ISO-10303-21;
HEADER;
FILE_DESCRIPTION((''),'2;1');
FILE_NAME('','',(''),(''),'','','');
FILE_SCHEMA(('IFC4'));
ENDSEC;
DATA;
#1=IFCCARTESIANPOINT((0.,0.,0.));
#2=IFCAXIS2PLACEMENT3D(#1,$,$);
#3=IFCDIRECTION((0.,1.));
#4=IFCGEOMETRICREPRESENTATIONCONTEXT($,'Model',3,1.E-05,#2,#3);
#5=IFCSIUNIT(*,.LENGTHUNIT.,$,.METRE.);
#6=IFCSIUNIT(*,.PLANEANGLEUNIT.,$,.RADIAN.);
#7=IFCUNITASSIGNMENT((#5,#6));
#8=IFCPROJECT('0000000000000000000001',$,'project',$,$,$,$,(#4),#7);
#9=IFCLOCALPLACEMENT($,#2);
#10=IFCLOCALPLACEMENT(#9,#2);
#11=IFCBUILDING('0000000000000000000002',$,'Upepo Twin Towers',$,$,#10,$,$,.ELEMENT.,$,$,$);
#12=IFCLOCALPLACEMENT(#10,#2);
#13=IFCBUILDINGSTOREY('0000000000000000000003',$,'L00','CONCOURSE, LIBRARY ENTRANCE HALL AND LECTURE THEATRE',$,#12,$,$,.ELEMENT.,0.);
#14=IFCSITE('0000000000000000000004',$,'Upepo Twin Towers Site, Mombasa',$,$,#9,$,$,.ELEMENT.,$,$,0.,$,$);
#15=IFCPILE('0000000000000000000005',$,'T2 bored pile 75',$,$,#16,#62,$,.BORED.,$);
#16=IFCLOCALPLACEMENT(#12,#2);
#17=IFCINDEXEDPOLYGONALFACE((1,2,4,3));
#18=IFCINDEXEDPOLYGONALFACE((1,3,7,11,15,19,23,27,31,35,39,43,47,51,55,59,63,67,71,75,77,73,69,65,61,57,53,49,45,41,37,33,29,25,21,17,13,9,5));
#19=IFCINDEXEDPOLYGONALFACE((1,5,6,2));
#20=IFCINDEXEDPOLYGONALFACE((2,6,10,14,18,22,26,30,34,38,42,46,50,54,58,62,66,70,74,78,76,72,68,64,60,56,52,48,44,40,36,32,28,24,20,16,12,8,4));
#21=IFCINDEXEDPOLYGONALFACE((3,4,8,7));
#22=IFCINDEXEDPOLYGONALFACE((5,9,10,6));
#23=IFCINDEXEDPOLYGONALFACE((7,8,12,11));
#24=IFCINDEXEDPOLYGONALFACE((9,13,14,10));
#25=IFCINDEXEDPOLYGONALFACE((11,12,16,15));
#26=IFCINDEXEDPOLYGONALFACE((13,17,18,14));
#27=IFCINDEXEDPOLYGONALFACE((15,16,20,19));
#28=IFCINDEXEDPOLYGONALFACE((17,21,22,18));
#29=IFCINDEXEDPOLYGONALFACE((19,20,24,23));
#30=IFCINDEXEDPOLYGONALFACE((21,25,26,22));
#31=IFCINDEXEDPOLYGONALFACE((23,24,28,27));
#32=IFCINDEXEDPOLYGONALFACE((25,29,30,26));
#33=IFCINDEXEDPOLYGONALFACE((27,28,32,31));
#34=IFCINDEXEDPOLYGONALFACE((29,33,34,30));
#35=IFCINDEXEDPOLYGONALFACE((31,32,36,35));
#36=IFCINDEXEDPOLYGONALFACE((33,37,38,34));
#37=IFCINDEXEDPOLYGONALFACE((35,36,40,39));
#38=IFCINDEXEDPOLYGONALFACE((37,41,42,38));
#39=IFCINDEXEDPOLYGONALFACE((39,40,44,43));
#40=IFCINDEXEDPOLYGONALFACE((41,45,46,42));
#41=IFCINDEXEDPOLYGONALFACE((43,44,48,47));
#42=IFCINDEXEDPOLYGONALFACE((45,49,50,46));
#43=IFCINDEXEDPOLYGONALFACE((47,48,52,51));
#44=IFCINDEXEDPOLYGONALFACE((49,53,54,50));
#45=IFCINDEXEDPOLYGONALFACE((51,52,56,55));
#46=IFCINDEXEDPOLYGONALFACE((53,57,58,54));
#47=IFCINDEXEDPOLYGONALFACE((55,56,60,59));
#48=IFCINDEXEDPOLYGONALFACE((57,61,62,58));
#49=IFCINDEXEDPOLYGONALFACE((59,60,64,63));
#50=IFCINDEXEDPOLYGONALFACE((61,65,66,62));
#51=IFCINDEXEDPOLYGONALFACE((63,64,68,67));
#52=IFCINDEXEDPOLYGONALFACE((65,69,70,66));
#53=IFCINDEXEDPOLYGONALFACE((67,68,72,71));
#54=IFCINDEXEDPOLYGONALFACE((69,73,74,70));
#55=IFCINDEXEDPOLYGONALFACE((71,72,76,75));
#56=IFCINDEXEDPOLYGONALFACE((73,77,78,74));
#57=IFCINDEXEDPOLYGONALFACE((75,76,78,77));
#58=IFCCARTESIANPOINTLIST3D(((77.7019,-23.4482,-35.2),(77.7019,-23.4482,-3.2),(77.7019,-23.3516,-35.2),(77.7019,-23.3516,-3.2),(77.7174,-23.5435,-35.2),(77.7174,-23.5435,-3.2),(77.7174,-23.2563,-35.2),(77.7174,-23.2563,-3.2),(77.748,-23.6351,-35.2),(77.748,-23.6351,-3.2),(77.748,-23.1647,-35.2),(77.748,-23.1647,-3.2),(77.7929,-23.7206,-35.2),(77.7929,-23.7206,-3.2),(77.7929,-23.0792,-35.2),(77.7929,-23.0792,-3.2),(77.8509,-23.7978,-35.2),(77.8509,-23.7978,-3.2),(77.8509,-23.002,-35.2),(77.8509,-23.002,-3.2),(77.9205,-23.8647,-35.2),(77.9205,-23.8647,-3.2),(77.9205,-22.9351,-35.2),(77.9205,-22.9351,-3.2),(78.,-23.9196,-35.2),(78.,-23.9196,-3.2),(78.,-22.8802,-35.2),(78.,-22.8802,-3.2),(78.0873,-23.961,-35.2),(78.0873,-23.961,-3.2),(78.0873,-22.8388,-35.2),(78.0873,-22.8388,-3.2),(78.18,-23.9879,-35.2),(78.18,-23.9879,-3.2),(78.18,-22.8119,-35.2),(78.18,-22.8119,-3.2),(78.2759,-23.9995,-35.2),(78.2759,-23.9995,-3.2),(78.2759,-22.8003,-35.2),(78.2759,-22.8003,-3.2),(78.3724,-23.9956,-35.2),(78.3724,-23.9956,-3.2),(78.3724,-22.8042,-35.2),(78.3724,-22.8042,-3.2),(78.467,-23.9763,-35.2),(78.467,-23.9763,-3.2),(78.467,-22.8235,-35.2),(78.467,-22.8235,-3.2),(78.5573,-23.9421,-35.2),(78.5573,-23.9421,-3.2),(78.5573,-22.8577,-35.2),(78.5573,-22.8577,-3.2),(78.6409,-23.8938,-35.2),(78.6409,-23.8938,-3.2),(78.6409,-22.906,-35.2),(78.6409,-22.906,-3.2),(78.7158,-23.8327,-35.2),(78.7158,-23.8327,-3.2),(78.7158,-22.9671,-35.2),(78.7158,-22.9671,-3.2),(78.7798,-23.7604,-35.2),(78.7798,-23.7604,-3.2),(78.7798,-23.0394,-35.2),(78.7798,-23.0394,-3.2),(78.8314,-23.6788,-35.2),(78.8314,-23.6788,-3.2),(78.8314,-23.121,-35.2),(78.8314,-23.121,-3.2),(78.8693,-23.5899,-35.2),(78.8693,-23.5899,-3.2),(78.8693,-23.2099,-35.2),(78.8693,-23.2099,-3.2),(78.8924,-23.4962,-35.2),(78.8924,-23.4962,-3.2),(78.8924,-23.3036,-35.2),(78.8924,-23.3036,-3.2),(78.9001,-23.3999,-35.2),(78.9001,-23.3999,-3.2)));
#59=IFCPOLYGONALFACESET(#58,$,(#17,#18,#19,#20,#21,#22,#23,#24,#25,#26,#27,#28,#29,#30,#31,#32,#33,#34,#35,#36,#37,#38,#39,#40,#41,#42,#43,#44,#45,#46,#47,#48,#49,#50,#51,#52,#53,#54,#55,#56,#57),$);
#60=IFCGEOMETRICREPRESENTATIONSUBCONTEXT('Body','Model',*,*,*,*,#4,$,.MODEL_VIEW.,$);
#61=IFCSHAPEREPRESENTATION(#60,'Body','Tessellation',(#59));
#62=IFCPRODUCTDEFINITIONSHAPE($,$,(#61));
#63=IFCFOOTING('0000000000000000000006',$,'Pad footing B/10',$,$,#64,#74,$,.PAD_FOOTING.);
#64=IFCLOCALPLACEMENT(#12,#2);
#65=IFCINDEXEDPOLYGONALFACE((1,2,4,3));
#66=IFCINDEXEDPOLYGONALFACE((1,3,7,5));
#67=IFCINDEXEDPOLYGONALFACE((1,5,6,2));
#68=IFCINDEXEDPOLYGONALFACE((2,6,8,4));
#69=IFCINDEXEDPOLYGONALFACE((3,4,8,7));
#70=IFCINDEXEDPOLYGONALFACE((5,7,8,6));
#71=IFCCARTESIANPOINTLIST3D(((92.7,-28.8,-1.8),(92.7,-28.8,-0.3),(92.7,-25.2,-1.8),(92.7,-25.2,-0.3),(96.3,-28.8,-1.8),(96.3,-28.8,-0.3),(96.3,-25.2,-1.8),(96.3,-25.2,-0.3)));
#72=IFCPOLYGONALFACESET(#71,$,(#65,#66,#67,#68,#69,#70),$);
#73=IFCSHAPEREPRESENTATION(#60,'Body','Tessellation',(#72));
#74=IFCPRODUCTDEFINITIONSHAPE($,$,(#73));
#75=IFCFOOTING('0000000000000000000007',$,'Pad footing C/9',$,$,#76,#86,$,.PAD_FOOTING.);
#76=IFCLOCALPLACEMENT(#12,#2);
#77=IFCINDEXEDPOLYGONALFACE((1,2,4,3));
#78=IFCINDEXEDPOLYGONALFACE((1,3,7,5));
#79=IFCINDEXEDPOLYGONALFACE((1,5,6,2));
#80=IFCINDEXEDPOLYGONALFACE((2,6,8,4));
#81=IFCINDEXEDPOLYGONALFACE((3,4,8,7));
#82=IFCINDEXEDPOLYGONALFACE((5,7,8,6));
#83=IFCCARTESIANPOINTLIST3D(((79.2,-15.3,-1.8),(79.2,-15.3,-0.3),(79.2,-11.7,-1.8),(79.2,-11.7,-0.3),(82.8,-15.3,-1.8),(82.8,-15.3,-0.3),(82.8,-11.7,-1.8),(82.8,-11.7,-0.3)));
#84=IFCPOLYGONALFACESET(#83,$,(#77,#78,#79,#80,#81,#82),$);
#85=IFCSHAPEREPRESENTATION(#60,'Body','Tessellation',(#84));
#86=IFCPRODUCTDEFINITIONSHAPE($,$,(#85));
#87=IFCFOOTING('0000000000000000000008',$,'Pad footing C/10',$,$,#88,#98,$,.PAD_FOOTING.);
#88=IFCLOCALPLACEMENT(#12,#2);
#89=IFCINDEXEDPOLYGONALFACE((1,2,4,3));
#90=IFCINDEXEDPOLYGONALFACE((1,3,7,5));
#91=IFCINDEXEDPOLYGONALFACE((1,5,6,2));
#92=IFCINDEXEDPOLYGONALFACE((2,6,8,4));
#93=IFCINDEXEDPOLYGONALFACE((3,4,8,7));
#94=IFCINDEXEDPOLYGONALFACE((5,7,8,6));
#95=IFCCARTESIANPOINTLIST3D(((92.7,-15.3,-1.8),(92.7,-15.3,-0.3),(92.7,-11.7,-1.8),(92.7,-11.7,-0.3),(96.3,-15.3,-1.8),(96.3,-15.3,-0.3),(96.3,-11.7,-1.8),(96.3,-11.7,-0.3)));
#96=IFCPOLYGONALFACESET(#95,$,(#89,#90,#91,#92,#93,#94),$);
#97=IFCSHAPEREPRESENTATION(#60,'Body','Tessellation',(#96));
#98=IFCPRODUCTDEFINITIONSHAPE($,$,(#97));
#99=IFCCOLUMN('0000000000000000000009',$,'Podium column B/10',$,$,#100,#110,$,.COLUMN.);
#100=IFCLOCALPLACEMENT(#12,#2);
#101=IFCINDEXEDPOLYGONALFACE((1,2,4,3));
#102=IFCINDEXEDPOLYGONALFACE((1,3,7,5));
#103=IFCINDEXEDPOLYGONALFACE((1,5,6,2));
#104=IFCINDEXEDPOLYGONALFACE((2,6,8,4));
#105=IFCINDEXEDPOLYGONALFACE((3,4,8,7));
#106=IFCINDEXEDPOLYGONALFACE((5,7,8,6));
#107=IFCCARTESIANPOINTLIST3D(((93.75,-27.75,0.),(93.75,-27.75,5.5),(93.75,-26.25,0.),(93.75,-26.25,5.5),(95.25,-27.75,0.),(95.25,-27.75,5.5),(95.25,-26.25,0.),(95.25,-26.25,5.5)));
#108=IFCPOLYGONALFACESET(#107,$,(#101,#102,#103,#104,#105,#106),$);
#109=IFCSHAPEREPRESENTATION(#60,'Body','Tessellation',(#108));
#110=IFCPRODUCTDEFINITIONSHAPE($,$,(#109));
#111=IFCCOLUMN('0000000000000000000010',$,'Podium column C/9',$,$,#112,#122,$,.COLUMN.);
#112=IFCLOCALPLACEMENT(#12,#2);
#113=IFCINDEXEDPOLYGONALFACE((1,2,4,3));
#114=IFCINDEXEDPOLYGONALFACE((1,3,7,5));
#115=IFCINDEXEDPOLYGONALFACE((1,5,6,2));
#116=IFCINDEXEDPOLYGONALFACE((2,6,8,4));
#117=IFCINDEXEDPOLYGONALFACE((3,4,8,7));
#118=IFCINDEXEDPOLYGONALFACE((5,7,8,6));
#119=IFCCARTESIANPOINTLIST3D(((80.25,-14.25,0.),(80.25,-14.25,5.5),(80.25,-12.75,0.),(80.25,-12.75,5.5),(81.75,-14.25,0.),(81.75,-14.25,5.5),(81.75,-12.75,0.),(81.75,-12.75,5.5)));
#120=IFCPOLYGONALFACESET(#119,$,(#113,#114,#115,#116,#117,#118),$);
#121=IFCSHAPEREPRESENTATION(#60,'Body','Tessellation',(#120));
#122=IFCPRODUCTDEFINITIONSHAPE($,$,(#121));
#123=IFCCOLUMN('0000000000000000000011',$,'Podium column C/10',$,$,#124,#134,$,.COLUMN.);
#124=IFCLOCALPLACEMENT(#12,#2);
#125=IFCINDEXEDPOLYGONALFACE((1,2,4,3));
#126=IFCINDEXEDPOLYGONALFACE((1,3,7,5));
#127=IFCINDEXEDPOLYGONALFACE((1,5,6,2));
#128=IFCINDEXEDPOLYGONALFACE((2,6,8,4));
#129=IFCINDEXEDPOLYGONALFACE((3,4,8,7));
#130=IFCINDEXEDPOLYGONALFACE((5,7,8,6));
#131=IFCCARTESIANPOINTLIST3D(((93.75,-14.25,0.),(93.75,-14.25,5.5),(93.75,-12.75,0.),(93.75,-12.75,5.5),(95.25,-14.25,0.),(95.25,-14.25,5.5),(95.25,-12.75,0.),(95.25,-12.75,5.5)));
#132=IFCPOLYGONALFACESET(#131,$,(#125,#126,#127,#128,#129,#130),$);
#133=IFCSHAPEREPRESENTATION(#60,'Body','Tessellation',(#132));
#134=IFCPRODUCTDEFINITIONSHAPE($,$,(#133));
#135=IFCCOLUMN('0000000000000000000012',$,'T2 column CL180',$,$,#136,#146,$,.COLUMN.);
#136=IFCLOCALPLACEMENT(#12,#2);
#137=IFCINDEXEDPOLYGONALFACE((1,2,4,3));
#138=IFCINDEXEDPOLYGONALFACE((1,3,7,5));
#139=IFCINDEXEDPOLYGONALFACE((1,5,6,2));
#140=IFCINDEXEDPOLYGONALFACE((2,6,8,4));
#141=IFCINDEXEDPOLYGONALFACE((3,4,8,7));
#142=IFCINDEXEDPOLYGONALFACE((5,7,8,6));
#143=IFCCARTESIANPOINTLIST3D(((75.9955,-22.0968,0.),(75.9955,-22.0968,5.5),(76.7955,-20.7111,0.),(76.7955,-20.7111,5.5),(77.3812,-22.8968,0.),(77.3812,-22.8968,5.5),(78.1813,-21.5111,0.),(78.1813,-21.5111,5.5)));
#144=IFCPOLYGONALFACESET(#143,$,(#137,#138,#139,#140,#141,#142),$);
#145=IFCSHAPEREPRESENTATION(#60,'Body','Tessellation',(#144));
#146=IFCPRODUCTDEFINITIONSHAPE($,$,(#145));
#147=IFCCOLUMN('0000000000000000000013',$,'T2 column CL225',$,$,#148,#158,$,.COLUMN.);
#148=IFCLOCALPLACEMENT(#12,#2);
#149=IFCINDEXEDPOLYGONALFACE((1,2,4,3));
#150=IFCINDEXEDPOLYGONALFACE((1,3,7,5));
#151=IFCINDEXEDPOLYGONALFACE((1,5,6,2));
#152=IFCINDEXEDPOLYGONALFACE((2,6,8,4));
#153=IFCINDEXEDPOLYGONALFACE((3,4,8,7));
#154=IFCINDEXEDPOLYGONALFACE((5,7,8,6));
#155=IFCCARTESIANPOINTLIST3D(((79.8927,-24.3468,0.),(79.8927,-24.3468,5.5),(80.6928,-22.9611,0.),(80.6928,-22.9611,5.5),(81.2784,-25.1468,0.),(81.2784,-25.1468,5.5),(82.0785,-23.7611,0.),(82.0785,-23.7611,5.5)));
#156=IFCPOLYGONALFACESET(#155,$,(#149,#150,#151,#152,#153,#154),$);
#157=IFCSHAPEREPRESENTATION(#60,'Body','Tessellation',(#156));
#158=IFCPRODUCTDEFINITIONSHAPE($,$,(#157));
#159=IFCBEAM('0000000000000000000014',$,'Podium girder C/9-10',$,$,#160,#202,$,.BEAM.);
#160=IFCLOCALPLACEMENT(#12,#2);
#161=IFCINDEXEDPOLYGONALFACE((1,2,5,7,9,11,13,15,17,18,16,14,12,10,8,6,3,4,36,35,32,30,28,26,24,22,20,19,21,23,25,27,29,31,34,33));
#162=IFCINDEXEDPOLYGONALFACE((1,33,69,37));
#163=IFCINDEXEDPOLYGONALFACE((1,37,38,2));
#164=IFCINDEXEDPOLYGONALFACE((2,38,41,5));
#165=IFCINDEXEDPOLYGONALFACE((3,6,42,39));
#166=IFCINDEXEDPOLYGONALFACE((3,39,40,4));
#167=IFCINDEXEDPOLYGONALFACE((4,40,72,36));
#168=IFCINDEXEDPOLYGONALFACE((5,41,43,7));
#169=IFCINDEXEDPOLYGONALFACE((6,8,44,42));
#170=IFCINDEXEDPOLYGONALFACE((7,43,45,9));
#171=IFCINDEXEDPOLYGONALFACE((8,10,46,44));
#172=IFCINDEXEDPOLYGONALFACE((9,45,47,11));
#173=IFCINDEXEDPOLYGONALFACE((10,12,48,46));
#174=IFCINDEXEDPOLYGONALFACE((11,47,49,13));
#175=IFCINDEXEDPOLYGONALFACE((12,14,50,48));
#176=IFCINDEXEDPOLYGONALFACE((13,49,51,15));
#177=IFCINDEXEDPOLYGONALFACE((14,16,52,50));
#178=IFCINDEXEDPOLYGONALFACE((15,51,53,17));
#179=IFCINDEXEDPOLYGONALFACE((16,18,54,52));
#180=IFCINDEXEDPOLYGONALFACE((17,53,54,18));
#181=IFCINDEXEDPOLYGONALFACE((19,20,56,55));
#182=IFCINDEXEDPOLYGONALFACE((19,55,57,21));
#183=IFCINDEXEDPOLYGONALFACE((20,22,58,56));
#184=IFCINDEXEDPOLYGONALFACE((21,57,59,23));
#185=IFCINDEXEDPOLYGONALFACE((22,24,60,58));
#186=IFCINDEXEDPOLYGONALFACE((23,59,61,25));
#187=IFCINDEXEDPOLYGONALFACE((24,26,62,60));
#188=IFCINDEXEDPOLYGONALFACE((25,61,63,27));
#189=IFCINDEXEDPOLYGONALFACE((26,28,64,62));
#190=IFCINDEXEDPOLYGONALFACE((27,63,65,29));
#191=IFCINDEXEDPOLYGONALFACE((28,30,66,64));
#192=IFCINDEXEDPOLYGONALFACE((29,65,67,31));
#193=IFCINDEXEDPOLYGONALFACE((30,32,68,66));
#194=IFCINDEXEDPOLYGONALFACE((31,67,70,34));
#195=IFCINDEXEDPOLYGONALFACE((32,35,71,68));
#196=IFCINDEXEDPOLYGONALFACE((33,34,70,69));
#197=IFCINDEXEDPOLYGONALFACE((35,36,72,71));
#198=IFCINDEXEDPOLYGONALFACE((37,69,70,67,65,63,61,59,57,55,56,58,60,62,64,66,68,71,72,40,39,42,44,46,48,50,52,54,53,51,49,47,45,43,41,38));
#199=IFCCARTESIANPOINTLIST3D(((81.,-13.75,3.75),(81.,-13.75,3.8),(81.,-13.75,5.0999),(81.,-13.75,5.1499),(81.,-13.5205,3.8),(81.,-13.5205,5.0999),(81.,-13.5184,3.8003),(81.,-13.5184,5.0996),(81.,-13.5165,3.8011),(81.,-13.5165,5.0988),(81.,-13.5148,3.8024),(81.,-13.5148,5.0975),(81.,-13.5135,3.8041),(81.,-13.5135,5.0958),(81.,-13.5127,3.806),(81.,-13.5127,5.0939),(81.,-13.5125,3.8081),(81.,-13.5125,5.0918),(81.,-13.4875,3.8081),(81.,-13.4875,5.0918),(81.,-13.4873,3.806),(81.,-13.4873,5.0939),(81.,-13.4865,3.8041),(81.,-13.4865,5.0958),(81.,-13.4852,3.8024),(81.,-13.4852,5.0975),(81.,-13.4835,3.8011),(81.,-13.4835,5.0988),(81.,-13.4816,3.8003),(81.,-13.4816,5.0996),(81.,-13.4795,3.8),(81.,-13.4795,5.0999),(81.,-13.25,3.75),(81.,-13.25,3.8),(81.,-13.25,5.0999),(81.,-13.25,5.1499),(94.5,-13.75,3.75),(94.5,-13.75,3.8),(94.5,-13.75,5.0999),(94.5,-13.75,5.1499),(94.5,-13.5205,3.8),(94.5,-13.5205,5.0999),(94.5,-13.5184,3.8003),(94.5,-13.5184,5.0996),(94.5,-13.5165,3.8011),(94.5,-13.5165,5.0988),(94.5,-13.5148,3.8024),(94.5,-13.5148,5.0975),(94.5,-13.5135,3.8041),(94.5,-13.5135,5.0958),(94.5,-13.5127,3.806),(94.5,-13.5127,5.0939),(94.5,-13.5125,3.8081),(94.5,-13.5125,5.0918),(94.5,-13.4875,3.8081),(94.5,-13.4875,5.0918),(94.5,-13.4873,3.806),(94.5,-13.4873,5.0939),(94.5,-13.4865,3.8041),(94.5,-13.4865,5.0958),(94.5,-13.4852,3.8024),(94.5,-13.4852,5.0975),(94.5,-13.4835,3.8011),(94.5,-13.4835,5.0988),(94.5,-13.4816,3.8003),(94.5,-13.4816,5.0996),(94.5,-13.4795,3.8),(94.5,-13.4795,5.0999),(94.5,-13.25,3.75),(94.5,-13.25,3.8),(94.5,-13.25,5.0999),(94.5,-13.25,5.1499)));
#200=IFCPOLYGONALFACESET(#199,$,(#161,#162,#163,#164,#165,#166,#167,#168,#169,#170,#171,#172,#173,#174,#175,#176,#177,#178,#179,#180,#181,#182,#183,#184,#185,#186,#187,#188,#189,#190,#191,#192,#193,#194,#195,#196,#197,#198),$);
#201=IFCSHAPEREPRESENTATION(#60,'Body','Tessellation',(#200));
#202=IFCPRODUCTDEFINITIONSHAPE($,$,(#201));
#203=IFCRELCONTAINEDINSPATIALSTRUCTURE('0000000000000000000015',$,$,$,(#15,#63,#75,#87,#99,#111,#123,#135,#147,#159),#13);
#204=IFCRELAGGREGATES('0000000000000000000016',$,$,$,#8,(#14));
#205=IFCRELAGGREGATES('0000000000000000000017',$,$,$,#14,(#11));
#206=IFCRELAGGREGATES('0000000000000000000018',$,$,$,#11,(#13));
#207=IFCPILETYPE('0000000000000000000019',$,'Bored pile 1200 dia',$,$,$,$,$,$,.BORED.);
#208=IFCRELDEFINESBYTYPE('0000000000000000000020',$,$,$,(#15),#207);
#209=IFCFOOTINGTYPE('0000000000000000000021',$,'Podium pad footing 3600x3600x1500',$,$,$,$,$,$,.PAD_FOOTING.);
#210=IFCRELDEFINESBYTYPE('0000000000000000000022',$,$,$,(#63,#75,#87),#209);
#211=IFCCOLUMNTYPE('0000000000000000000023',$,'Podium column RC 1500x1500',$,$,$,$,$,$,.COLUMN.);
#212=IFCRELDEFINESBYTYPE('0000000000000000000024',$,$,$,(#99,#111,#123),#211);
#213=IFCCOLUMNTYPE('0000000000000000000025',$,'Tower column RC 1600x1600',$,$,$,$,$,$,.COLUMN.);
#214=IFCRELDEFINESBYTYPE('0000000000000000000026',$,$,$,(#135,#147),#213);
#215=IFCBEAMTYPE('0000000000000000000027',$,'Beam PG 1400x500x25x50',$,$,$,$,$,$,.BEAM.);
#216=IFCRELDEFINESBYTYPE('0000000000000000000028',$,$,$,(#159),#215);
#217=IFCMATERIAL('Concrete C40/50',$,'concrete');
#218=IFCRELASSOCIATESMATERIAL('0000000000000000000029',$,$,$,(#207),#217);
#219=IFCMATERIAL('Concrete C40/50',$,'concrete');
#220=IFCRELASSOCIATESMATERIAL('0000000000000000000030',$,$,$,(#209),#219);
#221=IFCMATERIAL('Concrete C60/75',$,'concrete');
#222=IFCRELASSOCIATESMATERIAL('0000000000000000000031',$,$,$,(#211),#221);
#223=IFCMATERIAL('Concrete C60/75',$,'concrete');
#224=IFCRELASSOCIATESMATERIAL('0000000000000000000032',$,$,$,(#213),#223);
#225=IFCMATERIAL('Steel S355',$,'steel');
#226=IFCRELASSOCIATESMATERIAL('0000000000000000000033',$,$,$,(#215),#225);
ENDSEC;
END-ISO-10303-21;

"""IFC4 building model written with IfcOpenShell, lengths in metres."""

from ifc_helpers import new_model, si_unit, direction, frame, origin, origin_2d, place, context, subcontext, project, spatial, rectangle, circle, i_section, extrude, material, material_profile, profile_set, type_object, element, save


model = new_model("IFC4")

# Units and contexts
model_context = context("Model", 3, precision=1e-05, world=origin(), true_north=direction((0.0, 1.0)))
body_context = subcontext(model_context, "Body", "Model", "MODEL_VIEW")
ifc_project = project(units=[si_unit("LENGTHUNIT", "METRE"), si_unit("PLANEANGLEUNIT", "RADIAN")], contexts=[model_context])

# Site, building, storey
site_placement = place(None, origin())
site = spatial("IfcSite", under=ifc_project, at=site_placement, Name="Upepo Twin Towers Site, Mombasa", CompositionType="ELEMENT", RefElevation=0.0)
building_placement = place(site_placement, origin())
building = spatial("IfcBuilding", under=site, at=building_placement, Name="Upepo Twin Towers", CompositionType="ELEMENT")
storey_placement = place(building_placement, origin())
storey = spatial("IfcBuildingStorey", under=building, at=storey_placement, Name="L00", Description="CONCOURSE, LIBRARY ENTRANCE HALL AND LECTURE THEATRE", CompositionType="ELEMENT", Elevation=0.0)

# Pile
ifc_material_1 = material(Name="Concrete C40/50", Category="concrete")
pile_type = type_object("IfcPileType", Name="Bored pile 1200 dia", PredefinedType="BORED", material=ifc_material_1)
pile_placement = place(storey_placement, frame((78.3, -23.3999, -3.2), z_axis=(0.0, 0.0, -1.0), x_axis=(1.0, 0.0, 0.0)))
element("IfcPile", 1, at=pile_placement, inside=storey, type_object=pile_type, Name="T2 bored pile 75", PredefinedType="BORED", context=body_context, shape_type="SweptSolid", body=[
    extrude(circle(Radius=0.6001, at=origin_2d()), origin(), (0.0, 0.0, 1.0), 32.0),
])

# Footings
ifc_material_2 = material(Name="Concrete C40/50", Category="concrete")
footing_type = type_object("IfcFootingType", Name="Podium pad footing 3600x3600x1500", PredefinedType="PAD_FOOTING", material=ifc_material_2)
for number, where, z_axis, x_axis, name in (
    (2, (94.5, -27.0, -1.8), (0.0, 0.0, 1.0), (1.0, 0.0, 0.0), "Pad footing B/10"),
    (3, (81.0, -13.5, -1.8), (0.0, 0.0, 1.0), (1.0, 0.0, 0.0), "Pad footing C/9"),
    (4, (94.5, -13.5, -1.8), (0.0, 0.0, 1.0), (1.0, 0.0, 0.0), "Pad footing C/10"),
):
    element("IfcFooting", number, at=place(storey_placement, frame(where, z_axis=z_axis, x_axis=x_axis)), inside=storey, type_object=footing_type, Name=name, PredefinedType="PAD_FOOTING", context=body_context, shape_type="SweptSolid", body=[
        extrude(rectangle(XDim=3.6001, YDim=3.6001, at=origin_2d()), origin(), (0.0, 0.0, 1.0), 1.5),
    ])

# Columns
ifc_material_3 = material(Name="Concrete C60/75", Category="concrete")
ifc_material_profile_1 = material_profile(ifc_material_3, rectangle(XDim=1.5, YDim=1.5, at=origin_2d()), Name="RC 1500x1500")
ifc_profile_set_1 = profile_set([ifc_material_profile_1], Name="Concrete C60/75")
column_type_1 = type_object("IfcColumnType", Name="Podium column RC 1500x1500", PredefinedType="COLUMN", material=ifc_profile_set_1)
for number, where, z_axis, x_axis, name in (
    (5, (94.5, -27.0, 0.0), (0.0, 0.0, 1.0), (1.0, 0.0, 0.0), "Podium column B/10"),
    (6, (81.0, -13.5, 0.0), (0.0, 0.0, 1.0), (1.0, 0.0, 0.0), "Podium column C/9"),
    (7, (94.5, -13.5, 0.0), (0.0, 0.0, 1.0), (1.0, 0.0, 0.0), "Podium column C/10"),
):
    element("IfcColumn", number, at=place(storey_placement, frame(where, z_axis=z_axis, x_axis=x_axis)), inside=storey, type_object=column_type_1, Name=name, PredefinedType="COLUMN", context=body_context, shape_type="SweptSolid", body=[
        extrude(rectangle(XDim=1.5, YDim=1.5, at=origin_2d()), origin(), (0.0, 0.0, 1.0), 5.5),
    ])
ifc_material_4 = material(Name="Concrete C60/75", Category="concrete")
ifc_material_profile_2 = material_profile(ifc_material_4, rectangle(XDim=1.6001, YDim=1.6001, at=origin_2d()), Name="RC 1600x1600")
ifc_profile_set_2 = profile_set([ifc_material_profile_2], Name="Concrete C60/75")
column_type_2 = type_object("IfcColumnType", Name="Tower column RC 1600x1600", PredefinedType="COLUMN", material=ifc_profile_set_2)
for number, where, z_axis, x_axis, name in (
    (8, (77.0884, -21.804, 0.0), (0.0, 0.0, 1.0), (0.5, 0.866025, 0.0), "T2 column CL180"),
    (9, (80.9856, -24.054, 0.0), (0.0, 0.0, 1.0), (0.5, 0.866025, 0.0), "T2 column CL225"),
):
    element("IfcColumn", number, at=place(storey_placement, frame(where, z_axis=z_axis, x_axis=x_axis)), inside=storey, type_object=column_type_2, Name=name, PredefinedType="COLUMN", context=body_context, shape_type="SweptSolid", body=[
        extrude(rectangle(XDim=1.6001, YDim=1.6001, at=origin_2d()), origin(), (0.0, 0.0, 1.0), 5.5),
    ])

# Beam
ifc_material_5 = material(Name="Steel S355", Category="steel")
ifc_material_profile_3 = material_profile(ifc_material_5, i_section(OverallWidth=0.5, OverallDepth=1.3999, WebThickness=0.0249, FlangeThickness=0.05, FilletRadius=0.0081, at=origin_2d()), Name="PG 1400x500x25x50")
ifc_profile_set_3 = profile_set([ifc_material_profile_3], Name="Steel S355")
beam_type_1 = type_object("IfcBeamType", Name="Beam PG 1400x500x25x50", PredefinedType="BEAM", material=ifc_profile_set_3)
for number, where, z_axis, x_axis, name in (
    (10, (81.0, -13.5, 4.45), (1.0, 0.0, 0.0), (0.0, 1.0, 0.0), "Podium girder C/9-10"),
):
    element("IfcBeam", number, at=place(storey_placement, frame(where, z_axis=z_axis, x_axis=x_axis)), inside=storey, type_object=beam_type_1, Name=name, PredefinedType="BEAM", context=body_context, shape_type="SweptSolid", body=[
        extrude(i_section(OverallWidth=0.5, OverallDepth=1.3999, WebThickness=0.0249, FlangeThickness=0.05, FilletRadius=0.0081, at=origin_2d()), origin(), (0.0, 0.0, 1.0), 13.5),
    ])

save(model, "model.ifc")
